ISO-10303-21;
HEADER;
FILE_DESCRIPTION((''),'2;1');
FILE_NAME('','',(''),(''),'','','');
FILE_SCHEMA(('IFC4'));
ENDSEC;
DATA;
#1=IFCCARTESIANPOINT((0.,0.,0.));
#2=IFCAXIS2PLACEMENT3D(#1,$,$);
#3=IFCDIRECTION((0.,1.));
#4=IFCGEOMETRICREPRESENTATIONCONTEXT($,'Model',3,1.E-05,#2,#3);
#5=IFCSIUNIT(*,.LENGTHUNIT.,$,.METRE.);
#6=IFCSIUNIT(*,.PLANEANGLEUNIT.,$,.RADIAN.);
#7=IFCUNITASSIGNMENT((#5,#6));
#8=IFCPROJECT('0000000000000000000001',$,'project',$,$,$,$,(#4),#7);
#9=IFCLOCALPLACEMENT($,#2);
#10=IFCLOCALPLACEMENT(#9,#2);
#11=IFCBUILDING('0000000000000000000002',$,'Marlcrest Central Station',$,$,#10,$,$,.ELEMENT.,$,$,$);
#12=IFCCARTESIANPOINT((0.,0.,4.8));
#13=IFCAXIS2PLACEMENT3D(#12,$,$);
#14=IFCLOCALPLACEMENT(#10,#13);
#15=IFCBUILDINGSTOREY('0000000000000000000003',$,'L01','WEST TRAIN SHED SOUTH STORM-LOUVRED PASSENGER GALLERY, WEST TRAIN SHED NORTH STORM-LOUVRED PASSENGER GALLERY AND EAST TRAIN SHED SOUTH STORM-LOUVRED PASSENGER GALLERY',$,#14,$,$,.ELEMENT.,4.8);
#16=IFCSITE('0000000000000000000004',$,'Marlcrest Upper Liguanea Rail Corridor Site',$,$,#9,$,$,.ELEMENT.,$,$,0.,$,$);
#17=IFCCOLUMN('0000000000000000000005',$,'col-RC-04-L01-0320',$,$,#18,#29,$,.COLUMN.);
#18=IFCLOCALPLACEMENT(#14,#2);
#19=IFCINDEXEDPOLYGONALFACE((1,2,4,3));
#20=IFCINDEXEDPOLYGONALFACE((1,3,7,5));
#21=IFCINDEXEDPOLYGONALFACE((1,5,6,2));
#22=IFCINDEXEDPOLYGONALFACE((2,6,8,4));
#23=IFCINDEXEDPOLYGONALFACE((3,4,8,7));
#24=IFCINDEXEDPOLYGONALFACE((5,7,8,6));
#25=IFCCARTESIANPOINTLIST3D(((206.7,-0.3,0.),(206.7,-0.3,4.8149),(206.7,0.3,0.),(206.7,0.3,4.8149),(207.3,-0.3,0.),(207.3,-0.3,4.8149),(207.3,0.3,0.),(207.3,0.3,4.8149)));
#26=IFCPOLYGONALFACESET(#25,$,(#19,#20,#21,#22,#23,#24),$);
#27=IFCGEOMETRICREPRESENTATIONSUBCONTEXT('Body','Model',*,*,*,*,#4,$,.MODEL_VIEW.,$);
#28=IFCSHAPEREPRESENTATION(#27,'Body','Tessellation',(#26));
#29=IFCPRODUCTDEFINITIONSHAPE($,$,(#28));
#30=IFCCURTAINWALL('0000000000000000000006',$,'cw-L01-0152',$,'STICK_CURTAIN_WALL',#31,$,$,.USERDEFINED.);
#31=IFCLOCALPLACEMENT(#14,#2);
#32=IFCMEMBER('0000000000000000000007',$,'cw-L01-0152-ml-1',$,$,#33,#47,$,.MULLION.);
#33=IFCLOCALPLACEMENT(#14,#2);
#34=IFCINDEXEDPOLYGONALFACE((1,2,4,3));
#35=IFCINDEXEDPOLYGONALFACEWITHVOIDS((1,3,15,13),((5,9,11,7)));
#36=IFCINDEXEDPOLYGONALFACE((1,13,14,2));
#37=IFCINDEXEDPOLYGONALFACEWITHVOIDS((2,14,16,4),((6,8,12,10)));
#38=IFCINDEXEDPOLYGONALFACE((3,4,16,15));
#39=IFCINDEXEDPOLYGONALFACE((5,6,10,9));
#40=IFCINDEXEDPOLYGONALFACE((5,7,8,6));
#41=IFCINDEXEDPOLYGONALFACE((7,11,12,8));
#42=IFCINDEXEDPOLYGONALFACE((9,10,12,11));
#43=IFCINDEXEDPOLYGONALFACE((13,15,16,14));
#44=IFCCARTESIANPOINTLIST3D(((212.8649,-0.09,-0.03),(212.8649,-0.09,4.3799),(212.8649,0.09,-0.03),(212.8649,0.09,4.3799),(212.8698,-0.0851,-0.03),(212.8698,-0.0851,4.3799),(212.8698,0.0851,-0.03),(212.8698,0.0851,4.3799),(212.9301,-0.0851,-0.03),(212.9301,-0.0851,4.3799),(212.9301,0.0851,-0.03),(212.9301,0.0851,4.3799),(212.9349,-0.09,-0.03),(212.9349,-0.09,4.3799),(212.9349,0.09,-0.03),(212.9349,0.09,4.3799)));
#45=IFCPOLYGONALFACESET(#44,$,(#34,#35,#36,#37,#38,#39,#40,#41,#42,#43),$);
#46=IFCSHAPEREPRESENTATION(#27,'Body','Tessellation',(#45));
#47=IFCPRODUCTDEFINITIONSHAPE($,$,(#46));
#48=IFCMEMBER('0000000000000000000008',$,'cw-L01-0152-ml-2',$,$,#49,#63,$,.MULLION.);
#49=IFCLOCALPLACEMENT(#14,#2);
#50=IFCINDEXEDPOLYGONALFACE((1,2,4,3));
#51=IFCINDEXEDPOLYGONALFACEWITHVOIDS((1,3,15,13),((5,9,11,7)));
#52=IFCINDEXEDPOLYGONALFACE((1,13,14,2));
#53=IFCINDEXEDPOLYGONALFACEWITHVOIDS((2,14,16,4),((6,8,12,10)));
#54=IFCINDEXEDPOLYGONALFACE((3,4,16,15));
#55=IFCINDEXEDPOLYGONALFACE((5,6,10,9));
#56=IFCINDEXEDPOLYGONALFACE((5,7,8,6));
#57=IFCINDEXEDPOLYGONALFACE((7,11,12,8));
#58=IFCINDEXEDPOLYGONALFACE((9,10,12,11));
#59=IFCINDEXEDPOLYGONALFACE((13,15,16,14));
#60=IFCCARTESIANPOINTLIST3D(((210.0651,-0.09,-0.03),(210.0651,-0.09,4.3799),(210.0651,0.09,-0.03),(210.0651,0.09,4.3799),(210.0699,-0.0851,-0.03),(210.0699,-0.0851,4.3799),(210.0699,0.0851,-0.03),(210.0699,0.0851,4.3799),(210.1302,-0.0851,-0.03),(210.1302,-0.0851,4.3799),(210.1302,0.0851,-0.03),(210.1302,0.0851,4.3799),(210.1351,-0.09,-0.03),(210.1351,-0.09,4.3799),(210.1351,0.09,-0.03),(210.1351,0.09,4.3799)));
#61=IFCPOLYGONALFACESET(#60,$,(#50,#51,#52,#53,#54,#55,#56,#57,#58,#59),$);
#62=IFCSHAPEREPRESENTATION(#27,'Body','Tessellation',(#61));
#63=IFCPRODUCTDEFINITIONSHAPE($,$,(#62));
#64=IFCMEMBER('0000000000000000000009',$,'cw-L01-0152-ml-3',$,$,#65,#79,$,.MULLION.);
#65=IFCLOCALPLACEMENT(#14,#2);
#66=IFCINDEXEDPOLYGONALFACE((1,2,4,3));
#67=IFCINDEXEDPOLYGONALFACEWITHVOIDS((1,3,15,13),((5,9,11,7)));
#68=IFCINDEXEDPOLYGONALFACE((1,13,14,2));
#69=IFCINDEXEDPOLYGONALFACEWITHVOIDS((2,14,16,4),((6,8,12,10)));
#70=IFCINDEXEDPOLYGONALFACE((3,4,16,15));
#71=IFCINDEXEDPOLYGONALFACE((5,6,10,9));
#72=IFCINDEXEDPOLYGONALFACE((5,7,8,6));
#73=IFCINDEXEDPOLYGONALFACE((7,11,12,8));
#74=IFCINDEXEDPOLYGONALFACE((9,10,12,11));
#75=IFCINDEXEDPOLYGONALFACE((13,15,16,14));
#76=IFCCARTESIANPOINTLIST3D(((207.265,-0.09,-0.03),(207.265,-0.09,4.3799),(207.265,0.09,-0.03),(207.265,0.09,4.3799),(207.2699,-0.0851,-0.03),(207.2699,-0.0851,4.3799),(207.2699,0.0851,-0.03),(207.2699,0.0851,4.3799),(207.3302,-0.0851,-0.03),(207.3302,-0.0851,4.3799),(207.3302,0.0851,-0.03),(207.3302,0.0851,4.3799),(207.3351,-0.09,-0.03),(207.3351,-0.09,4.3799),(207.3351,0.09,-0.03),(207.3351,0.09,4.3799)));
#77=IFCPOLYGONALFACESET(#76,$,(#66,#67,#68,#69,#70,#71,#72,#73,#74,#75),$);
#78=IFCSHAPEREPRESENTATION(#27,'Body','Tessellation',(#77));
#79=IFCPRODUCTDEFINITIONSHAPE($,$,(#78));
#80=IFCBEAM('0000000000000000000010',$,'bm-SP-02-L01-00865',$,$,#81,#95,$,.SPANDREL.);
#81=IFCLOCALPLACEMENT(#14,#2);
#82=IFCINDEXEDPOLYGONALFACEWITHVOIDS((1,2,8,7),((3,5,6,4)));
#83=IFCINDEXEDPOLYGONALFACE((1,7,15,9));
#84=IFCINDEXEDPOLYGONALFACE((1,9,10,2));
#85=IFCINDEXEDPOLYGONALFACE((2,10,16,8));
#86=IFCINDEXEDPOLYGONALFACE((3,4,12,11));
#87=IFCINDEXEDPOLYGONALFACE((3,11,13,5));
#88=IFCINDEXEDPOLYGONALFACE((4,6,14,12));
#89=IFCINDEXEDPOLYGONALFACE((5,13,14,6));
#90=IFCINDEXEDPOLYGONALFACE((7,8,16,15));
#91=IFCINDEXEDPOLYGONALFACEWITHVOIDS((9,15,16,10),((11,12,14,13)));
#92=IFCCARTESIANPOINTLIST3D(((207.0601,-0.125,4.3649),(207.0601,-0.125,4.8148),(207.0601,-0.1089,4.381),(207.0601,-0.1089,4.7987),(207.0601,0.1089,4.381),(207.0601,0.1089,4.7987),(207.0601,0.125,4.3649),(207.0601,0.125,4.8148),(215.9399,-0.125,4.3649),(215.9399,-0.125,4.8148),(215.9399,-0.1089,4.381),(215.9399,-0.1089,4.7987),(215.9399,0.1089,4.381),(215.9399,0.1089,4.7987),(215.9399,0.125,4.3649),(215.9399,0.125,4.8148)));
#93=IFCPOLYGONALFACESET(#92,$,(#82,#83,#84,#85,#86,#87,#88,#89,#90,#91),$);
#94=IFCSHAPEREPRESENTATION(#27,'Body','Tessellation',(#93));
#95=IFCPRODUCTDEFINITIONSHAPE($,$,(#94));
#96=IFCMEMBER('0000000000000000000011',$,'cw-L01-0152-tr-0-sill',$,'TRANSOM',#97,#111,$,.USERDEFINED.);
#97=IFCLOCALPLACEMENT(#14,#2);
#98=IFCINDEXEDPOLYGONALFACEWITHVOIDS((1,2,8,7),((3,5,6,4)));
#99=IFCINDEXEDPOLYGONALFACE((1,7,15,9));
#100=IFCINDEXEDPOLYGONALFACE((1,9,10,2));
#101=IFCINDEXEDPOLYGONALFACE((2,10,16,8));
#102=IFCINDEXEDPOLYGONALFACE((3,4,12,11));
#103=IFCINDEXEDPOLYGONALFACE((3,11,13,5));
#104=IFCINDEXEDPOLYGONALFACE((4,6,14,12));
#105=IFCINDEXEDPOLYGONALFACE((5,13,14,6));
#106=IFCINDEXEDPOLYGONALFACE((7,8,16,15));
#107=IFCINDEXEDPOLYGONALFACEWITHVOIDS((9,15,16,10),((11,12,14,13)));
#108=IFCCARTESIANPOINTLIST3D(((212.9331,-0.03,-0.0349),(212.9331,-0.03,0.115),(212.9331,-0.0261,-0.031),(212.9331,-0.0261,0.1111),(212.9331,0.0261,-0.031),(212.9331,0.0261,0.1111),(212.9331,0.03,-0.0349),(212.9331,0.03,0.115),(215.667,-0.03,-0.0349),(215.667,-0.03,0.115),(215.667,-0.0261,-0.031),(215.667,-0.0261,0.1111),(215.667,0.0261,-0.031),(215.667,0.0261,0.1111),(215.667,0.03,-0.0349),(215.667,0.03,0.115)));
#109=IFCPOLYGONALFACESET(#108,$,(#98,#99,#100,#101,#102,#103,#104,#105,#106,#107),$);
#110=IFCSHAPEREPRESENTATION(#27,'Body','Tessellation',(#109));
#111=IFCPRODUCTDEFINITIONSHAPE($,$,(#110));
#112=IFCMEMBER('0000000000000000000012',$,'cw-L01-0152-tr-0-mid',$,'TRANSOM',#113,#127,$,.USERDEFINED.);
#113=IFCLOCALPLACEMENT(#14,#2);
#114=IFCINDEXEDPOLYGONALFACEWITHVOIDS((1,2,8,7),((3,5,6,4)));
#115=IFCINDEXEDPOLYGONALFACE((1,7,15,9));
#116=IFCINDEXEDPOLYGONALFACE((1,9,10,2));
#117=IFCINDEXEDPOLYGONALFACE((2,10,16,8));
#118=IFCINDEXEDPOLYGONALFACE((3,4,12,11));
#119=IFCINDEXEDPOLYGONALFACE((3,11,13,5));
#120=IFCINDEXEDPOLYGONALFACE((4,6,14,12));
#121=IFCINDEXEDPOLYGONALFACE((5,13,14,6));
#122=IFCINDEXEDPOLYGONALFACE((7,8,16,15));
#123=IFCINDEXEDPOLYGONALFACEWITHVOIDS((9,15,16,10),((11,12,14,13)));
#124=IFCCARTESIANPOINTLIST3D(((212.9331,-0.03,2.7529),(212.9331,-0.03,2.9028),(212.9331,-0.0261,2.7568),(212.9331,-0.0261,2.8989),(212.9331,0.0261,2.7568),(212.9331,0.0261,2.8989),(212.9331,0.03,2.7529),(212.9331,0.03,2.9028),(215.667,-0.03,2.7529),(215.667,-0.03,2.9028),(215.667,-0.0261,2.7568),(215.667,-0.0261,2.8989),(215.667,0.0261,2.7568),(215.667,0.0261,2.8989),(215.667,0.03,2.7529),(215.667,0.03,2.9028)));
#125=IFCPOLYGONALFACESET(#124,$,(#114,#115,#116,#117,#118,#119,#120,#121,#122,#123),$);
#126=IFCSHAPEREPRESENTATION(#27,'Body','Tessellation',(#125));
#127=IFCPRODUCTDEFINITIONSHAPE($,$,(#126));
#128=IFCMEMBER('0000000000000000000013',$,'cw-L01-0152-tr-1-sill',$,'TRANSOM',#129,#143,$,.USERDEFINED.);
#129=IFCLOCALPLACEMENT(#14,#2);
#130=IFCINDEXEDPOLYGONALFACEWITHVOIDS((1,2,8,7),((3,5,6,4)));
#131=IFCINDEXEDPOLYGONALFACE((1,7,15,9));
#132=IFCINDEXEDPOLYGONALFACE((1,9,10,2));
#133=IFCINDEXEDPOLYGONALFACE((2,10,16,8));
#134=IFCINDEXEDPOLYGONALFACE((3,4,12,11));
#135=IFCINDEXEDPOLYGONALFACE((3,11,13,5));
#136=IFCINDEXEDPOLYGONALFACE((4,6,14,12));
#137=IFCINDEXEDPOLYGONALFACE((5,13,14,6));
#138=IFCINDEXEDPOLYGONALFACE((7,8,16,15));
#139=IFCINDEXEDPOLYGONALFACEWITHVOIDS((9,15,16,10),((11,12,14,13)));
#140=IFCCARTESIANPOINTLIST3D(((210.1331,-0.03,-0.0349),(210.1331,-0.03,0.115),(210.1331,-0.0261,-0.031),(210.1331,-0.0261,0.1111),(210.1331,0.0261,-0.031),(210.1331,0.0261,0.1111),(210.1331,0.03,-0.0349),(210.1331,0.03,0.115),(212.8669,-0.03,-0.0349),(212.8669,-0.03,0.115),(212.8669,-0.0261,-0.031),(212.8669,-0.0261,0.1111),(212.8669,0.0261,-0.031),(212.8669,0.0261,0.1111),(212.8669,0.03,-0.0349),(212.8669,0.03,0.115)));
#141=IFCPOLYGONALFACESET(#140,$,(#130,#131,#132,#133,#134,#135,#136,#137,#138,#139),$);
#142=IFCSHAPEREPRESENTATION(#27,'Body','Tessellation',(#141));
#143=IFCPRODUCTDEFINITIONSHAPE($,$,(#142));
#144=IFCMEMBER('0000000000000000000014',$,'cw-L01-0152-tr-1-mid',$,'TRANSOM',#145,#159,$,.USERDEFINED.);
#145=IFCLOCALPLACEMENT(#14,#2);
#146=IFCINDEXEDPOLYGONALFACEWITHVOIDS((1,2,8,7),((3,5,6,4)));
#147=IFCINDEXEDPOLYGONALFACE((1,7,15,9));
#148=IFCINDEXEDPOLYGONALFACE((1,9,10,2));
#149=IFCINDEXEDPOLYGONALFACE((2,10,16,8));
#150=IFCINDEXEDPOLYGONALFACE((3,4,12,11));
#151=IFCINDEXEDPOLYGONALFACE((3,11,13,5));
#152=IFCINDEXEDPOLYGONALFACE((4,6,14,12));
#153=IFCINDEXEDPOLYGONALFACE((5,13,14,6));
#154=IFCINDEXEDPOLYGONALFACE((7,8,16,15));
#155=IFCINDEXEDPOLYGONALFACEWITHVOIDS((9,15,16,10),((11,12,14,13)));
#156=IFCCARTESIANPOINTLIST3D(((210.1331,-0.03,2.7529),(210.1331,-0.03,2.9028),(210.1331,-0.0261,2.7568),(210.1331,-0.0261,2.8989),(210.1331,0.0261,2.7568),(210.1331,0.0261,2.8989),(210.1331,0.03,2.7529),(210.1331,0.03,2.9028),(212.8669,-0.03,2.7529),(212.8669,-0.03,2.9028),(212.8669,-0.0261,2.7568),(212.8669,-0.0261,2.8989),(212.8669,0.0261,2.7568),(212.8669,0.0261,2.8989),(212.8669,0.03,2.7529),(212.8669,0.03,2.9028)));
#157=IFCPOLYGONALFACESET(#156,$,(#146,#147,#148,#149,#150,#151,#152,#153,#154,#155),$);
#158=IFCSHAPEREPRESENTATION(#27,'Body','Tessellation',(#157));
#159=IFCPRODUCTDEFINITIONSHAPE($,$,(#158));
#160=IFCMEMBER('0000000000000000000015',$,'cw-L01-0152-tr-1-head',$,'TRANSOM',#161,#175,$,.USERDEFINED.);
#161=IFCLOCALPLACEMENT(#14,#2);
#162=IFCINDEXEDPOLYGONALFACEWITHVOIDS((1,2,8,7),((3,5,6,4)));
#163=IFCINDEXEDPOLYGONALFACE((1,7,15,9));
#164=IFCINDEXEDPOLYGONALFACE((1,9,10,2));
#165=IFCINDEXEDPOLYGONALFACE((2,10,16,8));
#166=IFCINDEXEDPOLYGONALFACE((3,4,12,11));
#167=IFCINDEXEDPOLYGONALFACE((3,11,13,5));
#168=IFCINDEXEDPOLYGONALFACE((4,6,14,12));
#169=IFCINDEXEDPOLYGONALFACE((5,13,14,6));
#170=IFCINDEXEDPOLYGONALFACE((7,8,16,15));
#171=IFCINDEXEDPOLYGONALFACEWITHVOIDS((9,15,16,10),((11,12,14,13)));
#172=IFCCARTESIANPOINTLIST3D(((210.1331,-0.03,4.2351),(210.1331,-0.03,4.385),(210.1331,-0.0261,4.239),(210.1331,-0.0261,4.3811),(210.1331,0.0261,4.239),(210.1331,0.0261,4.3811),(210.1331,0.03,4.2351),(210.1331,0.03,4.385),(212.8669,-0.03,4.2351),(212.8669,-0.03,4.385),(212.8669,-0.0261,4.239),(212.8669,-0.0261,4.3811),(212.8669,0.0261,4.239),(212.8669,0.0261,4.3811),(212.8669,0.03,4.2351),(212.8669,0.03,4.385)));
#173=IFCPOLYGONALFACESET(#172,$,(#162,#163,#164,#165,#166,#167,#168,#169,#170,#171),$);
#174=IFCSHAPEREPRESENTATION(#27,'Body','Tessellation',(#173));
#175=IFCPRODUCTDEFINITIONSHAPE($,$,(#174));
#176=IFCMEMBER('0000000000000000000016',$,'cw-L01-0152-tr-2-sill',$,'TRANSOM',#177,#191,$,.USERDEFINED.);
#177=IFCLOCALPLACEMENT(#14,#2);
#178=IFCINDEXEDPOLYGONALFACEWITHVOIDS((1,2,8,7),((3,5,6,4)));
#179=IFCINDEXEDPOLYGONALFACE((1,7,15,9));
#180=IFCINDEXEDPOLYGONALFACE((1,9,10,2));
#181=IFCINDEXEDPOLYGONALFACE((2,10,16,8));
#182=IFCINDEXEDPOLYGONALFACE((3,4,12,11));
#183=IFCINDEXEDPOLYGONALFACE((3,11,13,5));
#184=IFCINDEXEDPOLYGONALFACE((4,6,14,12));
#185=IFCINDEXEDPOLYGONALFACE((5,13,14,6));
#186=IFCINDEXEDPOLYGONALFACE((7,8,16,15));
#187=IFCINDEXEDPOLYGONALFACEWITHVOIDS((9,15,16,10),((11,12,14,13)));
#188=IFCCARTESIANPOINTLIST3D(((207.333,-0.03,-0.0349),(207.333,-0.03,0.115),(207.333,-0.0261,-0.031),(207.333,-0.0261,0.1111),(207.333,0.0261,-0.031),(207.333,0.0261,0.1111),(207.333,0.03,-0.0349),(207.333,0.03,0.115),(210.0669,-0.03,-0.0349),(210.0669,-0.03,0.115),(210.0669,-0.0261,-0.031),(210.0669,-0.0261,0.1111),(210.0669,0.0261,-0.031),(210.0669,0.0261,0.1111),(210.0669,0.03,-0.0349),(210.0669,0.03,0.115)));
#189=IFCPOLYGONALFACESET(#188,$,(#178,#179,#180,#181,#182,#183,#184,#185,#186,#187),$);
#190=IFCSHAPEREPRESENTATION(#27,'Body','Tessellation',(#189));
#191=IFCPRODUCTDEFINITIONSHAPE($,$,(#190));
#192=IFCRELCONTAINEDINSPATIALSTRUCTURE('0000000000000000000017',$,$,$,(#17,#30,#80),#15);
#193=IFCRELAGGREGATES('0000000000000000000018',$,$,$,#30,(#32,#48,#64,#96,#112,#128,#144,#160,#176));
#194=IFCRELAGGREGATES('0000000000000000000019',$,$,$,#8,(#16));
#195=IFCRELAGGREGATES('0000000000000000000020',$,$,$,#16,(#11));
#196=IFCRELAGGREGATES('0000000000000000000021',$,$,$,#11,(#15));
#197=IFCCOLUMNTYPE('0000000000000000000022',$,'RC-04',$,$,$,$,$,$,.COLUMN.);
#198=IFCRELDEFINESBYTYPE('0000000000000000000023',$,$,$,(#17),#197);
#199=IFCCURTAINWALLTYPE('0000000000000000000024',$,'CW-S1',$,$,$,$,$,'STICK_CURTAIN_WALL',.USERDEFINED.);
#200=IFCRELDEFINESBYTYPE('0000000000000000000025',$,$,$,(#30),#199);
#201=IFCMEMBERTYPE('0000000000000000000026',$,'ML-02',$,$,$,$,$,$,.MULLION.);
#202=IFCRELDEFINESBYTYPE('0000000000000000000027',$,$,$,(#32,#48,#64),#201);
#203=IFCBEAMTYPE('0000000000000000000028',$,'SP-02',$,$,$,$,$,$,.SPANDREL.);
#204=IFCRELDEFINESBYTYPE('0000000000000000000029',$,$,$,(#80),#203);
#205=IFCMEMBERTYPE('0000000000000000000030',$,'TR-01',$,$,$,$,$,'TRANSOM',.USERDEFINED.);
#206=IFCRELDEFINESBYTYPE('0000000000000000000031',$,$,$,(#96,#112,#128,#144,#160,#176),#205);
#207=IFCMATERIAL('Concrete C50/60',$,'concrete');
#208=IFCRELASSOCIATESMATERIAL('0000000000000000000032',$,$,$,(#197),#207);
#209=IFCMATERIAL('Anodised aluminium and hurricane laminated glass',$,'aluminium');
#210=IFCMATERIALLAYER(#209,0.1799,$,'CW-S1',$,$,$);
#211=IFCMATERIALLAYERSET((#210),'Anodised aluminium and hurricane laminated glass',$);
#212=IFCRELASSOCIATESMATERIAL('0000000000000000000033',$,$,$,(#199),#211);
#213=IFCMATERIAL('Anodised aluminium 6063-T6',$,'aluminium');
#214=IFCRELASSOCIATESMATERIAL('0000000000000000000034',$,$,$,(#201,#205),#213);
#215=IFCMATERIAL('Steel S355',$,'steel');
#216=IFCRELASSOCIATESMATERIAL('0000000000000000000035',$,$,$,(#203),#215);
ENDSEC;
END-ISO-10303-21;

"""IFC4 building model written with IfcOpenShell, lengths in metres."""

from ifc_helpers import new_model, si_unit, direction, frame, origin, origin_2d, place, context, subcontext, project, spatial, rectangle, hollow_rectangle, extrude, material, layer, layer_set, material_profile, profile_set, type_object, element, aggregate, save


model = new_model("IFC4")

# Units and contexts
model_context = context("Model", 3, precision=1e-05, world=origin(), true_north=direction((0.0, 1.0)))
body_context = subcontext(model_context, "Body", "Model", "MODEL_VIEW")
ifc_project = project(units=[si_unit("LENGTHUNIT", "METRE"), si_unit("PLANEANGLEUNIT", "RADIAN")], contexts=[model_context])

# Site, building, storey
site_placement = place(None, origin())
site = spatial("IfcSite", under=ifc_project, at=site_placement, Name="Marlcrest Upper Liguanea Rail Corridor Site", CompositionType="ELEMENT", RefElevation=0.0)
building_placement = place(site_placement, origin())
building = spatial("IfcBuilding", under=site, at=building_placement, Name="Marlcrest Central Station", CompositionType="ELEMENT")
storey_placement = place(building_placement, frame((0.0, 0.0, 4.8)))
storey = spatial("IfcBuildingStorey", under=building, at=storey_placement, Name="L01", Description="WEST TRAIN SHED SOUTH STORM-LOUVRED PASSENGER GALLERY, WEST TRAIN SHED NORTH STORM-LOUVRED PASSENGER GALLERY AND EAST TRAIN SHED SOUTH STORM-LOUVRED PASSENGER GALLERY", CompositionType="ELEMENT", Elevation=4.8)

# Column
ifc_material_1 = material(Name="Concrete C50/60", Category="concrete")
ifc_material_profile_1 = material_profile(ifc_material_1, rectangle(XDim=0.6001, YDim=0.6001, at=origin_2d()), Name="RC 600x600")
ifc_profile_set_1 = profile_set([ifc_material_profile_1], Name="Concrete C50/60")
column_type = type_object("IfcColumnType", Name="RC-04", PredefinedType="COLUMN", material=ifc_profile_set_1)
column_placement = place(storey_placement, frame((207.0, 0.0, 0.0), z_axis=(0.0, 0.0, 1.0), x_axis=(1.0, 0.0, 0.0)))
element("IfcColumn", 1, at=column_placement, inside=storey, type_object=column_type, Name="col-RC-04-L01-0320", PredefinedType="COLUMN", context=body_context, shape_type="SweptSolid", body=[
    extrude(rectangle(XDim=0.6001, YDim=0.6001, at=origin_2d()), origin(), (0.0, 0.0, 1.0), 4.8149),
])

# Curtain wall, members
ifc_material_2 = material(Name="Anodised aluminium and hurricane laminated glass", Category="aluminium")
ifc_layer_1 = layer(ifc_material_2, 0.1799, Name="CW-S1")
ifc_layer_set_1 = layer_set([ifc_layer_1], Name="Anodised aluminium and hurricane laminated glass")
curtain_wall_type = type_object("IfcCurtainWallType", Name="CW-S1", ElementType="STICK_CURTAIN_WALL", PredefinedType="USERDEFINED", material=ifc_layer_set_1)
curtain_wall_placement = place(storey_placement, origin())
curtain_wall = element("IfcCurtainWall", 2, at=curtain_wall_placement, inside=storey, type_object=curtain_wall_type, Name="cw-L01-0152", ObjectType="STICK_CURTAIN_WALL", PredefinedType="USERDEFINED")
ifc_material_3 = material(Name="Anodised aluminium 6063-T6", Category="aluminium")
ifc_material_profile_2 = material_profile(ifc_material_3, hollow_rectangle(XDim=0.0701, YDim=0.1799, WallThickness=0.0049, at=origin_2d()), Name="AA-RHS 180x70x5")
ifc_profile_set_2 = profile_set([ifc_material_profile_2], Name="Anodised aluminium 6063-T6")
member_type_1 = type_object("IfcMemberType", Name="ML-02", PredefinedType="MULLION", material=ifc_profile_set_2)
member_1_placement = place(storey_placement, frame((212.8999, 0.0, -0.03), z_axis=(0.0, 0.0, 1.0), x_axis=(1.0, 0.0, 0.0)))
member_1 = element("IfcMember", 3, at=member_1_placement, type_object=member_type_1, Name="cw-L01-0152-ml-1", PredefinedType="MULLION", context=body_context, shape_type="SweptSolid", body=[
    extrude(hollow_rectangle(XDim=0.0701, YDim=0.1799, WallThickness=0.0049, at=origin_2d()), origin(), (0.0, 0.0, 1.0), 4.4099),
])
member_2_placement = place(storey_placement, frame((210.1001, 0.0, -0.03), z_axis=(0.0, 0.0, 1.0), x_axis=(1.0, 0.0, 0.0)))
member_2 = element("IfcMember", 4, at=member_2_placement, type_object=member_type_1, Name="cw-L01-0152-ml-2", PredefinedType="MULLION", context=body_context, shape_type="SweptSolid", body=[
    extrude(hollow_rectangle(XDim=0.0701, YDim=0.1799, WallThickness=0.0049, at=origin_2d()), origin(), (0.0, 0.0, 1.0), 4.4099),
])
member_3_placement = place(storey_placement, frame((207.3, 0.0, -0.03), z_axis=(0.0, 0.0, 1.0), x_axis=(1.0, 0.0, 0.0)))
member_3 = element("IfcMember", 5, at=member_3_placement, type_object=member_type_1, Name="cw-L01-0152-ml-3", PredefinedType="MULLION", context=body_context, shape_type="SweptSolid", body=[
    extrude(hollow_rectangle(XDim=0.0701, YDim=0.1799, WallThickness=0.0049, at=origin_2d()), origin(), (0.0, 0.0, 1.0), 4.4099),
])

# Beam
ifc_material_4 = material(Name="Steel S355", Category="steel")
ifc_material_profile_3 = material_profile(ifc_material_4, hollow_rectangle(XDim=0.25, YDim=0.45, WallThickness=0.0161, at=origin_2d()), Name="RHS 450x250x16")
ifc_profile_set_3 = profile_set([ifc_material_profile_3], Name="Steel S355")
beam_type = type_object("IfcBeamType", Name="SP-02", PredefinedType="SPANDREL", material=ifc_profile_set_3)
beam_placement = place(storey_placement, frame((207.0601, 0.0, 4.5898), z_axis=(1.0, 0.0, 0.0), x_axis=(0.0, 1.0, 0.0)))
element("IfcBeam", 6, at=beam_placement, inside=storey, type_object=beam_type, Name="bm-SP-02-L01-00865", PredefinedType="SPANDREL", context=body_context, shape_type="SweptSolid", body=[
    extrude(hollow_rectangle(XDim=0.25, YDim=0.45, WallThickness=0.0161, at=origin_2d()), origin(), (0.0, 0.0, 1.0), 8.8799),
])

# Members
ifc_material_profile_4 = material_profile(ifc_material_3, hollow_rectangle(XDim=0.0601, YDim=0.1499, WallThickness=0.0039, at=origin_2d()), Name="AA-RHS 150x60x4")
ifc_profile_set_4 = profile_set([ifc_material_profile_4], Name="Anodised aluminium 6063-T6")
member_type_2 = type_object("IfcMemberType", Name="TR-01", ElementType="TRANSOM", PredefinedType="USERDEFINED", material=ifc_profile_set_4)
member_4_placement = place(storey_placement, frame((215.667, 0.0, 0.04), z_axis=(-1.0, 0.0, 0.0), x_axis=(0.0, -1.0, 0.0)))
member_4 = element("IfcMember", 7, at=member_4_placement, type_object=member_type_2, Name="cw-L01-0152-tr-0-sill", ObjectType="TRANSOM", PredefinedType="USERDEFINED", context=body_context, shape_type="SweptSolid", body=[
    extrude(hollow_rectangle(XDim=0.0601, YDim=0.1499, WallThickness=0.0039, at=origin_2d()), origin(), (0.0, 0.0, 1.0), 2.7339),
])
member_5_placement = place(storey_placement, frame((215.667, 0.0, 2.8279), z_axis=(-1.0, 0.0, 0.0), x_axis=(0.0, -1.0, 0.0)))
member_5 = element("IfcMember", 8, at=member_5_placement, type_object=member_type_2, Name="cw-L01-0152-tr-0-mid", ObjectType="TRANSOM", PredefinedType="USERDEFINED", context=body_context, shape_type="SweptSolid", body=[
    extrude(hollow_rectangle(XDim=0.0601, YDim=0.1499, WallThickness=0.0039, at=origin_2d()), origin(), (0.0, 0.0, 1.0), 2.7339),
])
member_6_placement = place(storey_placement, frame((212.8669, 0.0, 0.04), z_axis=(-1.0, 0.0, 0.0), x_axis=(0.0, -1.0, 0.0)))
member_6 = element("IfcMember", 9, at=member_6_placement, type_object=member_type_2, Name="cw-L01-0152-tr-1-sill", ObjectType="TRANSOM", PredefinedType="USERDEFINED", context=body_context, shape_type="SweptSolid", body=[
    extrude(hollow_rectangle(XDim=0.0601, YDim=0.1499, WallThickness=0.0039, at=origin_2d()), origin(), (0.0, 0.0, 1.0), 2.7339),
])
member_7_placement = place(storey_placement, frame((212.8669, 0.0, 2.8279), z_axis=(-1.0, 0.0, 0.0), x_axis=(0.0, -1.0, 0.0)))
member_7 = element("IfcMember", 10, at=member_7_placement, type_object=member_type_2, Name="cw-L01-0152-tr-1-mid", ObjectType="TRANSOM", PredefinedType="USERDEFINED", context=body_context, shape_type="SweptSolid", body=[
    extrude(hollow_rectangle(XDim=0.0601, YDim=0.1499, WallThickness=0.0039, at=origin_2d()), origin(), (0.0, 0.0, 1.0), 2.7339),
])
member_8_placement = place(storey_placement, frame((212.8669, 0.0, 4.3101), z_axis=(-1.0, 0.0, 0.0), x_axis=(0.0, -1.0, 0.0)))
member_8 = element("IfcMember", 11, at=member_8_placement, type_object=member_type_2, Name="cw-L01-0152-tr-1-head", ObjectType="TRANSOM", PredefinedType="USERDEFINED", context=body_context, shape_type="SweptSolid", body=[
    extrude(hollow_rectangle(XDim=0.0601, YDim=0.1499, WallThickness=0.0039, at=origin_2d()), origin(), (0.0, 0.0, 1.0), 2.7339),
])
member_9_placement = place(storey_placement, frame((210.0669, 0.0, 0.04), z_axis=(-1.0, 0.0, 0.0), x_axis=(0.0, -1.0, 0.0)))
member_9 = element("IfcMember", 12, at=member_9_placement, type_object=member_type_2, Name="cw-L01-0152-tr-2-sill", ObjectType="TRANSOM", PredefinedType="USERDEFINED", context=body_context, shape_type="SweptSolid", body=[
    extrude(hollow_rectangle(XDim=0.0601, YDim=0.1499, WallThickness=0.0039, at=origin_2d()), origin(), (0.0, 0.0, 1.0), 2.7339),
])

aggregate(curtain_wall, [member_1, member_2, member_3, member_4, member_5, member_6, member_7, member_8, member_9])

save(model, "model.ifc")
